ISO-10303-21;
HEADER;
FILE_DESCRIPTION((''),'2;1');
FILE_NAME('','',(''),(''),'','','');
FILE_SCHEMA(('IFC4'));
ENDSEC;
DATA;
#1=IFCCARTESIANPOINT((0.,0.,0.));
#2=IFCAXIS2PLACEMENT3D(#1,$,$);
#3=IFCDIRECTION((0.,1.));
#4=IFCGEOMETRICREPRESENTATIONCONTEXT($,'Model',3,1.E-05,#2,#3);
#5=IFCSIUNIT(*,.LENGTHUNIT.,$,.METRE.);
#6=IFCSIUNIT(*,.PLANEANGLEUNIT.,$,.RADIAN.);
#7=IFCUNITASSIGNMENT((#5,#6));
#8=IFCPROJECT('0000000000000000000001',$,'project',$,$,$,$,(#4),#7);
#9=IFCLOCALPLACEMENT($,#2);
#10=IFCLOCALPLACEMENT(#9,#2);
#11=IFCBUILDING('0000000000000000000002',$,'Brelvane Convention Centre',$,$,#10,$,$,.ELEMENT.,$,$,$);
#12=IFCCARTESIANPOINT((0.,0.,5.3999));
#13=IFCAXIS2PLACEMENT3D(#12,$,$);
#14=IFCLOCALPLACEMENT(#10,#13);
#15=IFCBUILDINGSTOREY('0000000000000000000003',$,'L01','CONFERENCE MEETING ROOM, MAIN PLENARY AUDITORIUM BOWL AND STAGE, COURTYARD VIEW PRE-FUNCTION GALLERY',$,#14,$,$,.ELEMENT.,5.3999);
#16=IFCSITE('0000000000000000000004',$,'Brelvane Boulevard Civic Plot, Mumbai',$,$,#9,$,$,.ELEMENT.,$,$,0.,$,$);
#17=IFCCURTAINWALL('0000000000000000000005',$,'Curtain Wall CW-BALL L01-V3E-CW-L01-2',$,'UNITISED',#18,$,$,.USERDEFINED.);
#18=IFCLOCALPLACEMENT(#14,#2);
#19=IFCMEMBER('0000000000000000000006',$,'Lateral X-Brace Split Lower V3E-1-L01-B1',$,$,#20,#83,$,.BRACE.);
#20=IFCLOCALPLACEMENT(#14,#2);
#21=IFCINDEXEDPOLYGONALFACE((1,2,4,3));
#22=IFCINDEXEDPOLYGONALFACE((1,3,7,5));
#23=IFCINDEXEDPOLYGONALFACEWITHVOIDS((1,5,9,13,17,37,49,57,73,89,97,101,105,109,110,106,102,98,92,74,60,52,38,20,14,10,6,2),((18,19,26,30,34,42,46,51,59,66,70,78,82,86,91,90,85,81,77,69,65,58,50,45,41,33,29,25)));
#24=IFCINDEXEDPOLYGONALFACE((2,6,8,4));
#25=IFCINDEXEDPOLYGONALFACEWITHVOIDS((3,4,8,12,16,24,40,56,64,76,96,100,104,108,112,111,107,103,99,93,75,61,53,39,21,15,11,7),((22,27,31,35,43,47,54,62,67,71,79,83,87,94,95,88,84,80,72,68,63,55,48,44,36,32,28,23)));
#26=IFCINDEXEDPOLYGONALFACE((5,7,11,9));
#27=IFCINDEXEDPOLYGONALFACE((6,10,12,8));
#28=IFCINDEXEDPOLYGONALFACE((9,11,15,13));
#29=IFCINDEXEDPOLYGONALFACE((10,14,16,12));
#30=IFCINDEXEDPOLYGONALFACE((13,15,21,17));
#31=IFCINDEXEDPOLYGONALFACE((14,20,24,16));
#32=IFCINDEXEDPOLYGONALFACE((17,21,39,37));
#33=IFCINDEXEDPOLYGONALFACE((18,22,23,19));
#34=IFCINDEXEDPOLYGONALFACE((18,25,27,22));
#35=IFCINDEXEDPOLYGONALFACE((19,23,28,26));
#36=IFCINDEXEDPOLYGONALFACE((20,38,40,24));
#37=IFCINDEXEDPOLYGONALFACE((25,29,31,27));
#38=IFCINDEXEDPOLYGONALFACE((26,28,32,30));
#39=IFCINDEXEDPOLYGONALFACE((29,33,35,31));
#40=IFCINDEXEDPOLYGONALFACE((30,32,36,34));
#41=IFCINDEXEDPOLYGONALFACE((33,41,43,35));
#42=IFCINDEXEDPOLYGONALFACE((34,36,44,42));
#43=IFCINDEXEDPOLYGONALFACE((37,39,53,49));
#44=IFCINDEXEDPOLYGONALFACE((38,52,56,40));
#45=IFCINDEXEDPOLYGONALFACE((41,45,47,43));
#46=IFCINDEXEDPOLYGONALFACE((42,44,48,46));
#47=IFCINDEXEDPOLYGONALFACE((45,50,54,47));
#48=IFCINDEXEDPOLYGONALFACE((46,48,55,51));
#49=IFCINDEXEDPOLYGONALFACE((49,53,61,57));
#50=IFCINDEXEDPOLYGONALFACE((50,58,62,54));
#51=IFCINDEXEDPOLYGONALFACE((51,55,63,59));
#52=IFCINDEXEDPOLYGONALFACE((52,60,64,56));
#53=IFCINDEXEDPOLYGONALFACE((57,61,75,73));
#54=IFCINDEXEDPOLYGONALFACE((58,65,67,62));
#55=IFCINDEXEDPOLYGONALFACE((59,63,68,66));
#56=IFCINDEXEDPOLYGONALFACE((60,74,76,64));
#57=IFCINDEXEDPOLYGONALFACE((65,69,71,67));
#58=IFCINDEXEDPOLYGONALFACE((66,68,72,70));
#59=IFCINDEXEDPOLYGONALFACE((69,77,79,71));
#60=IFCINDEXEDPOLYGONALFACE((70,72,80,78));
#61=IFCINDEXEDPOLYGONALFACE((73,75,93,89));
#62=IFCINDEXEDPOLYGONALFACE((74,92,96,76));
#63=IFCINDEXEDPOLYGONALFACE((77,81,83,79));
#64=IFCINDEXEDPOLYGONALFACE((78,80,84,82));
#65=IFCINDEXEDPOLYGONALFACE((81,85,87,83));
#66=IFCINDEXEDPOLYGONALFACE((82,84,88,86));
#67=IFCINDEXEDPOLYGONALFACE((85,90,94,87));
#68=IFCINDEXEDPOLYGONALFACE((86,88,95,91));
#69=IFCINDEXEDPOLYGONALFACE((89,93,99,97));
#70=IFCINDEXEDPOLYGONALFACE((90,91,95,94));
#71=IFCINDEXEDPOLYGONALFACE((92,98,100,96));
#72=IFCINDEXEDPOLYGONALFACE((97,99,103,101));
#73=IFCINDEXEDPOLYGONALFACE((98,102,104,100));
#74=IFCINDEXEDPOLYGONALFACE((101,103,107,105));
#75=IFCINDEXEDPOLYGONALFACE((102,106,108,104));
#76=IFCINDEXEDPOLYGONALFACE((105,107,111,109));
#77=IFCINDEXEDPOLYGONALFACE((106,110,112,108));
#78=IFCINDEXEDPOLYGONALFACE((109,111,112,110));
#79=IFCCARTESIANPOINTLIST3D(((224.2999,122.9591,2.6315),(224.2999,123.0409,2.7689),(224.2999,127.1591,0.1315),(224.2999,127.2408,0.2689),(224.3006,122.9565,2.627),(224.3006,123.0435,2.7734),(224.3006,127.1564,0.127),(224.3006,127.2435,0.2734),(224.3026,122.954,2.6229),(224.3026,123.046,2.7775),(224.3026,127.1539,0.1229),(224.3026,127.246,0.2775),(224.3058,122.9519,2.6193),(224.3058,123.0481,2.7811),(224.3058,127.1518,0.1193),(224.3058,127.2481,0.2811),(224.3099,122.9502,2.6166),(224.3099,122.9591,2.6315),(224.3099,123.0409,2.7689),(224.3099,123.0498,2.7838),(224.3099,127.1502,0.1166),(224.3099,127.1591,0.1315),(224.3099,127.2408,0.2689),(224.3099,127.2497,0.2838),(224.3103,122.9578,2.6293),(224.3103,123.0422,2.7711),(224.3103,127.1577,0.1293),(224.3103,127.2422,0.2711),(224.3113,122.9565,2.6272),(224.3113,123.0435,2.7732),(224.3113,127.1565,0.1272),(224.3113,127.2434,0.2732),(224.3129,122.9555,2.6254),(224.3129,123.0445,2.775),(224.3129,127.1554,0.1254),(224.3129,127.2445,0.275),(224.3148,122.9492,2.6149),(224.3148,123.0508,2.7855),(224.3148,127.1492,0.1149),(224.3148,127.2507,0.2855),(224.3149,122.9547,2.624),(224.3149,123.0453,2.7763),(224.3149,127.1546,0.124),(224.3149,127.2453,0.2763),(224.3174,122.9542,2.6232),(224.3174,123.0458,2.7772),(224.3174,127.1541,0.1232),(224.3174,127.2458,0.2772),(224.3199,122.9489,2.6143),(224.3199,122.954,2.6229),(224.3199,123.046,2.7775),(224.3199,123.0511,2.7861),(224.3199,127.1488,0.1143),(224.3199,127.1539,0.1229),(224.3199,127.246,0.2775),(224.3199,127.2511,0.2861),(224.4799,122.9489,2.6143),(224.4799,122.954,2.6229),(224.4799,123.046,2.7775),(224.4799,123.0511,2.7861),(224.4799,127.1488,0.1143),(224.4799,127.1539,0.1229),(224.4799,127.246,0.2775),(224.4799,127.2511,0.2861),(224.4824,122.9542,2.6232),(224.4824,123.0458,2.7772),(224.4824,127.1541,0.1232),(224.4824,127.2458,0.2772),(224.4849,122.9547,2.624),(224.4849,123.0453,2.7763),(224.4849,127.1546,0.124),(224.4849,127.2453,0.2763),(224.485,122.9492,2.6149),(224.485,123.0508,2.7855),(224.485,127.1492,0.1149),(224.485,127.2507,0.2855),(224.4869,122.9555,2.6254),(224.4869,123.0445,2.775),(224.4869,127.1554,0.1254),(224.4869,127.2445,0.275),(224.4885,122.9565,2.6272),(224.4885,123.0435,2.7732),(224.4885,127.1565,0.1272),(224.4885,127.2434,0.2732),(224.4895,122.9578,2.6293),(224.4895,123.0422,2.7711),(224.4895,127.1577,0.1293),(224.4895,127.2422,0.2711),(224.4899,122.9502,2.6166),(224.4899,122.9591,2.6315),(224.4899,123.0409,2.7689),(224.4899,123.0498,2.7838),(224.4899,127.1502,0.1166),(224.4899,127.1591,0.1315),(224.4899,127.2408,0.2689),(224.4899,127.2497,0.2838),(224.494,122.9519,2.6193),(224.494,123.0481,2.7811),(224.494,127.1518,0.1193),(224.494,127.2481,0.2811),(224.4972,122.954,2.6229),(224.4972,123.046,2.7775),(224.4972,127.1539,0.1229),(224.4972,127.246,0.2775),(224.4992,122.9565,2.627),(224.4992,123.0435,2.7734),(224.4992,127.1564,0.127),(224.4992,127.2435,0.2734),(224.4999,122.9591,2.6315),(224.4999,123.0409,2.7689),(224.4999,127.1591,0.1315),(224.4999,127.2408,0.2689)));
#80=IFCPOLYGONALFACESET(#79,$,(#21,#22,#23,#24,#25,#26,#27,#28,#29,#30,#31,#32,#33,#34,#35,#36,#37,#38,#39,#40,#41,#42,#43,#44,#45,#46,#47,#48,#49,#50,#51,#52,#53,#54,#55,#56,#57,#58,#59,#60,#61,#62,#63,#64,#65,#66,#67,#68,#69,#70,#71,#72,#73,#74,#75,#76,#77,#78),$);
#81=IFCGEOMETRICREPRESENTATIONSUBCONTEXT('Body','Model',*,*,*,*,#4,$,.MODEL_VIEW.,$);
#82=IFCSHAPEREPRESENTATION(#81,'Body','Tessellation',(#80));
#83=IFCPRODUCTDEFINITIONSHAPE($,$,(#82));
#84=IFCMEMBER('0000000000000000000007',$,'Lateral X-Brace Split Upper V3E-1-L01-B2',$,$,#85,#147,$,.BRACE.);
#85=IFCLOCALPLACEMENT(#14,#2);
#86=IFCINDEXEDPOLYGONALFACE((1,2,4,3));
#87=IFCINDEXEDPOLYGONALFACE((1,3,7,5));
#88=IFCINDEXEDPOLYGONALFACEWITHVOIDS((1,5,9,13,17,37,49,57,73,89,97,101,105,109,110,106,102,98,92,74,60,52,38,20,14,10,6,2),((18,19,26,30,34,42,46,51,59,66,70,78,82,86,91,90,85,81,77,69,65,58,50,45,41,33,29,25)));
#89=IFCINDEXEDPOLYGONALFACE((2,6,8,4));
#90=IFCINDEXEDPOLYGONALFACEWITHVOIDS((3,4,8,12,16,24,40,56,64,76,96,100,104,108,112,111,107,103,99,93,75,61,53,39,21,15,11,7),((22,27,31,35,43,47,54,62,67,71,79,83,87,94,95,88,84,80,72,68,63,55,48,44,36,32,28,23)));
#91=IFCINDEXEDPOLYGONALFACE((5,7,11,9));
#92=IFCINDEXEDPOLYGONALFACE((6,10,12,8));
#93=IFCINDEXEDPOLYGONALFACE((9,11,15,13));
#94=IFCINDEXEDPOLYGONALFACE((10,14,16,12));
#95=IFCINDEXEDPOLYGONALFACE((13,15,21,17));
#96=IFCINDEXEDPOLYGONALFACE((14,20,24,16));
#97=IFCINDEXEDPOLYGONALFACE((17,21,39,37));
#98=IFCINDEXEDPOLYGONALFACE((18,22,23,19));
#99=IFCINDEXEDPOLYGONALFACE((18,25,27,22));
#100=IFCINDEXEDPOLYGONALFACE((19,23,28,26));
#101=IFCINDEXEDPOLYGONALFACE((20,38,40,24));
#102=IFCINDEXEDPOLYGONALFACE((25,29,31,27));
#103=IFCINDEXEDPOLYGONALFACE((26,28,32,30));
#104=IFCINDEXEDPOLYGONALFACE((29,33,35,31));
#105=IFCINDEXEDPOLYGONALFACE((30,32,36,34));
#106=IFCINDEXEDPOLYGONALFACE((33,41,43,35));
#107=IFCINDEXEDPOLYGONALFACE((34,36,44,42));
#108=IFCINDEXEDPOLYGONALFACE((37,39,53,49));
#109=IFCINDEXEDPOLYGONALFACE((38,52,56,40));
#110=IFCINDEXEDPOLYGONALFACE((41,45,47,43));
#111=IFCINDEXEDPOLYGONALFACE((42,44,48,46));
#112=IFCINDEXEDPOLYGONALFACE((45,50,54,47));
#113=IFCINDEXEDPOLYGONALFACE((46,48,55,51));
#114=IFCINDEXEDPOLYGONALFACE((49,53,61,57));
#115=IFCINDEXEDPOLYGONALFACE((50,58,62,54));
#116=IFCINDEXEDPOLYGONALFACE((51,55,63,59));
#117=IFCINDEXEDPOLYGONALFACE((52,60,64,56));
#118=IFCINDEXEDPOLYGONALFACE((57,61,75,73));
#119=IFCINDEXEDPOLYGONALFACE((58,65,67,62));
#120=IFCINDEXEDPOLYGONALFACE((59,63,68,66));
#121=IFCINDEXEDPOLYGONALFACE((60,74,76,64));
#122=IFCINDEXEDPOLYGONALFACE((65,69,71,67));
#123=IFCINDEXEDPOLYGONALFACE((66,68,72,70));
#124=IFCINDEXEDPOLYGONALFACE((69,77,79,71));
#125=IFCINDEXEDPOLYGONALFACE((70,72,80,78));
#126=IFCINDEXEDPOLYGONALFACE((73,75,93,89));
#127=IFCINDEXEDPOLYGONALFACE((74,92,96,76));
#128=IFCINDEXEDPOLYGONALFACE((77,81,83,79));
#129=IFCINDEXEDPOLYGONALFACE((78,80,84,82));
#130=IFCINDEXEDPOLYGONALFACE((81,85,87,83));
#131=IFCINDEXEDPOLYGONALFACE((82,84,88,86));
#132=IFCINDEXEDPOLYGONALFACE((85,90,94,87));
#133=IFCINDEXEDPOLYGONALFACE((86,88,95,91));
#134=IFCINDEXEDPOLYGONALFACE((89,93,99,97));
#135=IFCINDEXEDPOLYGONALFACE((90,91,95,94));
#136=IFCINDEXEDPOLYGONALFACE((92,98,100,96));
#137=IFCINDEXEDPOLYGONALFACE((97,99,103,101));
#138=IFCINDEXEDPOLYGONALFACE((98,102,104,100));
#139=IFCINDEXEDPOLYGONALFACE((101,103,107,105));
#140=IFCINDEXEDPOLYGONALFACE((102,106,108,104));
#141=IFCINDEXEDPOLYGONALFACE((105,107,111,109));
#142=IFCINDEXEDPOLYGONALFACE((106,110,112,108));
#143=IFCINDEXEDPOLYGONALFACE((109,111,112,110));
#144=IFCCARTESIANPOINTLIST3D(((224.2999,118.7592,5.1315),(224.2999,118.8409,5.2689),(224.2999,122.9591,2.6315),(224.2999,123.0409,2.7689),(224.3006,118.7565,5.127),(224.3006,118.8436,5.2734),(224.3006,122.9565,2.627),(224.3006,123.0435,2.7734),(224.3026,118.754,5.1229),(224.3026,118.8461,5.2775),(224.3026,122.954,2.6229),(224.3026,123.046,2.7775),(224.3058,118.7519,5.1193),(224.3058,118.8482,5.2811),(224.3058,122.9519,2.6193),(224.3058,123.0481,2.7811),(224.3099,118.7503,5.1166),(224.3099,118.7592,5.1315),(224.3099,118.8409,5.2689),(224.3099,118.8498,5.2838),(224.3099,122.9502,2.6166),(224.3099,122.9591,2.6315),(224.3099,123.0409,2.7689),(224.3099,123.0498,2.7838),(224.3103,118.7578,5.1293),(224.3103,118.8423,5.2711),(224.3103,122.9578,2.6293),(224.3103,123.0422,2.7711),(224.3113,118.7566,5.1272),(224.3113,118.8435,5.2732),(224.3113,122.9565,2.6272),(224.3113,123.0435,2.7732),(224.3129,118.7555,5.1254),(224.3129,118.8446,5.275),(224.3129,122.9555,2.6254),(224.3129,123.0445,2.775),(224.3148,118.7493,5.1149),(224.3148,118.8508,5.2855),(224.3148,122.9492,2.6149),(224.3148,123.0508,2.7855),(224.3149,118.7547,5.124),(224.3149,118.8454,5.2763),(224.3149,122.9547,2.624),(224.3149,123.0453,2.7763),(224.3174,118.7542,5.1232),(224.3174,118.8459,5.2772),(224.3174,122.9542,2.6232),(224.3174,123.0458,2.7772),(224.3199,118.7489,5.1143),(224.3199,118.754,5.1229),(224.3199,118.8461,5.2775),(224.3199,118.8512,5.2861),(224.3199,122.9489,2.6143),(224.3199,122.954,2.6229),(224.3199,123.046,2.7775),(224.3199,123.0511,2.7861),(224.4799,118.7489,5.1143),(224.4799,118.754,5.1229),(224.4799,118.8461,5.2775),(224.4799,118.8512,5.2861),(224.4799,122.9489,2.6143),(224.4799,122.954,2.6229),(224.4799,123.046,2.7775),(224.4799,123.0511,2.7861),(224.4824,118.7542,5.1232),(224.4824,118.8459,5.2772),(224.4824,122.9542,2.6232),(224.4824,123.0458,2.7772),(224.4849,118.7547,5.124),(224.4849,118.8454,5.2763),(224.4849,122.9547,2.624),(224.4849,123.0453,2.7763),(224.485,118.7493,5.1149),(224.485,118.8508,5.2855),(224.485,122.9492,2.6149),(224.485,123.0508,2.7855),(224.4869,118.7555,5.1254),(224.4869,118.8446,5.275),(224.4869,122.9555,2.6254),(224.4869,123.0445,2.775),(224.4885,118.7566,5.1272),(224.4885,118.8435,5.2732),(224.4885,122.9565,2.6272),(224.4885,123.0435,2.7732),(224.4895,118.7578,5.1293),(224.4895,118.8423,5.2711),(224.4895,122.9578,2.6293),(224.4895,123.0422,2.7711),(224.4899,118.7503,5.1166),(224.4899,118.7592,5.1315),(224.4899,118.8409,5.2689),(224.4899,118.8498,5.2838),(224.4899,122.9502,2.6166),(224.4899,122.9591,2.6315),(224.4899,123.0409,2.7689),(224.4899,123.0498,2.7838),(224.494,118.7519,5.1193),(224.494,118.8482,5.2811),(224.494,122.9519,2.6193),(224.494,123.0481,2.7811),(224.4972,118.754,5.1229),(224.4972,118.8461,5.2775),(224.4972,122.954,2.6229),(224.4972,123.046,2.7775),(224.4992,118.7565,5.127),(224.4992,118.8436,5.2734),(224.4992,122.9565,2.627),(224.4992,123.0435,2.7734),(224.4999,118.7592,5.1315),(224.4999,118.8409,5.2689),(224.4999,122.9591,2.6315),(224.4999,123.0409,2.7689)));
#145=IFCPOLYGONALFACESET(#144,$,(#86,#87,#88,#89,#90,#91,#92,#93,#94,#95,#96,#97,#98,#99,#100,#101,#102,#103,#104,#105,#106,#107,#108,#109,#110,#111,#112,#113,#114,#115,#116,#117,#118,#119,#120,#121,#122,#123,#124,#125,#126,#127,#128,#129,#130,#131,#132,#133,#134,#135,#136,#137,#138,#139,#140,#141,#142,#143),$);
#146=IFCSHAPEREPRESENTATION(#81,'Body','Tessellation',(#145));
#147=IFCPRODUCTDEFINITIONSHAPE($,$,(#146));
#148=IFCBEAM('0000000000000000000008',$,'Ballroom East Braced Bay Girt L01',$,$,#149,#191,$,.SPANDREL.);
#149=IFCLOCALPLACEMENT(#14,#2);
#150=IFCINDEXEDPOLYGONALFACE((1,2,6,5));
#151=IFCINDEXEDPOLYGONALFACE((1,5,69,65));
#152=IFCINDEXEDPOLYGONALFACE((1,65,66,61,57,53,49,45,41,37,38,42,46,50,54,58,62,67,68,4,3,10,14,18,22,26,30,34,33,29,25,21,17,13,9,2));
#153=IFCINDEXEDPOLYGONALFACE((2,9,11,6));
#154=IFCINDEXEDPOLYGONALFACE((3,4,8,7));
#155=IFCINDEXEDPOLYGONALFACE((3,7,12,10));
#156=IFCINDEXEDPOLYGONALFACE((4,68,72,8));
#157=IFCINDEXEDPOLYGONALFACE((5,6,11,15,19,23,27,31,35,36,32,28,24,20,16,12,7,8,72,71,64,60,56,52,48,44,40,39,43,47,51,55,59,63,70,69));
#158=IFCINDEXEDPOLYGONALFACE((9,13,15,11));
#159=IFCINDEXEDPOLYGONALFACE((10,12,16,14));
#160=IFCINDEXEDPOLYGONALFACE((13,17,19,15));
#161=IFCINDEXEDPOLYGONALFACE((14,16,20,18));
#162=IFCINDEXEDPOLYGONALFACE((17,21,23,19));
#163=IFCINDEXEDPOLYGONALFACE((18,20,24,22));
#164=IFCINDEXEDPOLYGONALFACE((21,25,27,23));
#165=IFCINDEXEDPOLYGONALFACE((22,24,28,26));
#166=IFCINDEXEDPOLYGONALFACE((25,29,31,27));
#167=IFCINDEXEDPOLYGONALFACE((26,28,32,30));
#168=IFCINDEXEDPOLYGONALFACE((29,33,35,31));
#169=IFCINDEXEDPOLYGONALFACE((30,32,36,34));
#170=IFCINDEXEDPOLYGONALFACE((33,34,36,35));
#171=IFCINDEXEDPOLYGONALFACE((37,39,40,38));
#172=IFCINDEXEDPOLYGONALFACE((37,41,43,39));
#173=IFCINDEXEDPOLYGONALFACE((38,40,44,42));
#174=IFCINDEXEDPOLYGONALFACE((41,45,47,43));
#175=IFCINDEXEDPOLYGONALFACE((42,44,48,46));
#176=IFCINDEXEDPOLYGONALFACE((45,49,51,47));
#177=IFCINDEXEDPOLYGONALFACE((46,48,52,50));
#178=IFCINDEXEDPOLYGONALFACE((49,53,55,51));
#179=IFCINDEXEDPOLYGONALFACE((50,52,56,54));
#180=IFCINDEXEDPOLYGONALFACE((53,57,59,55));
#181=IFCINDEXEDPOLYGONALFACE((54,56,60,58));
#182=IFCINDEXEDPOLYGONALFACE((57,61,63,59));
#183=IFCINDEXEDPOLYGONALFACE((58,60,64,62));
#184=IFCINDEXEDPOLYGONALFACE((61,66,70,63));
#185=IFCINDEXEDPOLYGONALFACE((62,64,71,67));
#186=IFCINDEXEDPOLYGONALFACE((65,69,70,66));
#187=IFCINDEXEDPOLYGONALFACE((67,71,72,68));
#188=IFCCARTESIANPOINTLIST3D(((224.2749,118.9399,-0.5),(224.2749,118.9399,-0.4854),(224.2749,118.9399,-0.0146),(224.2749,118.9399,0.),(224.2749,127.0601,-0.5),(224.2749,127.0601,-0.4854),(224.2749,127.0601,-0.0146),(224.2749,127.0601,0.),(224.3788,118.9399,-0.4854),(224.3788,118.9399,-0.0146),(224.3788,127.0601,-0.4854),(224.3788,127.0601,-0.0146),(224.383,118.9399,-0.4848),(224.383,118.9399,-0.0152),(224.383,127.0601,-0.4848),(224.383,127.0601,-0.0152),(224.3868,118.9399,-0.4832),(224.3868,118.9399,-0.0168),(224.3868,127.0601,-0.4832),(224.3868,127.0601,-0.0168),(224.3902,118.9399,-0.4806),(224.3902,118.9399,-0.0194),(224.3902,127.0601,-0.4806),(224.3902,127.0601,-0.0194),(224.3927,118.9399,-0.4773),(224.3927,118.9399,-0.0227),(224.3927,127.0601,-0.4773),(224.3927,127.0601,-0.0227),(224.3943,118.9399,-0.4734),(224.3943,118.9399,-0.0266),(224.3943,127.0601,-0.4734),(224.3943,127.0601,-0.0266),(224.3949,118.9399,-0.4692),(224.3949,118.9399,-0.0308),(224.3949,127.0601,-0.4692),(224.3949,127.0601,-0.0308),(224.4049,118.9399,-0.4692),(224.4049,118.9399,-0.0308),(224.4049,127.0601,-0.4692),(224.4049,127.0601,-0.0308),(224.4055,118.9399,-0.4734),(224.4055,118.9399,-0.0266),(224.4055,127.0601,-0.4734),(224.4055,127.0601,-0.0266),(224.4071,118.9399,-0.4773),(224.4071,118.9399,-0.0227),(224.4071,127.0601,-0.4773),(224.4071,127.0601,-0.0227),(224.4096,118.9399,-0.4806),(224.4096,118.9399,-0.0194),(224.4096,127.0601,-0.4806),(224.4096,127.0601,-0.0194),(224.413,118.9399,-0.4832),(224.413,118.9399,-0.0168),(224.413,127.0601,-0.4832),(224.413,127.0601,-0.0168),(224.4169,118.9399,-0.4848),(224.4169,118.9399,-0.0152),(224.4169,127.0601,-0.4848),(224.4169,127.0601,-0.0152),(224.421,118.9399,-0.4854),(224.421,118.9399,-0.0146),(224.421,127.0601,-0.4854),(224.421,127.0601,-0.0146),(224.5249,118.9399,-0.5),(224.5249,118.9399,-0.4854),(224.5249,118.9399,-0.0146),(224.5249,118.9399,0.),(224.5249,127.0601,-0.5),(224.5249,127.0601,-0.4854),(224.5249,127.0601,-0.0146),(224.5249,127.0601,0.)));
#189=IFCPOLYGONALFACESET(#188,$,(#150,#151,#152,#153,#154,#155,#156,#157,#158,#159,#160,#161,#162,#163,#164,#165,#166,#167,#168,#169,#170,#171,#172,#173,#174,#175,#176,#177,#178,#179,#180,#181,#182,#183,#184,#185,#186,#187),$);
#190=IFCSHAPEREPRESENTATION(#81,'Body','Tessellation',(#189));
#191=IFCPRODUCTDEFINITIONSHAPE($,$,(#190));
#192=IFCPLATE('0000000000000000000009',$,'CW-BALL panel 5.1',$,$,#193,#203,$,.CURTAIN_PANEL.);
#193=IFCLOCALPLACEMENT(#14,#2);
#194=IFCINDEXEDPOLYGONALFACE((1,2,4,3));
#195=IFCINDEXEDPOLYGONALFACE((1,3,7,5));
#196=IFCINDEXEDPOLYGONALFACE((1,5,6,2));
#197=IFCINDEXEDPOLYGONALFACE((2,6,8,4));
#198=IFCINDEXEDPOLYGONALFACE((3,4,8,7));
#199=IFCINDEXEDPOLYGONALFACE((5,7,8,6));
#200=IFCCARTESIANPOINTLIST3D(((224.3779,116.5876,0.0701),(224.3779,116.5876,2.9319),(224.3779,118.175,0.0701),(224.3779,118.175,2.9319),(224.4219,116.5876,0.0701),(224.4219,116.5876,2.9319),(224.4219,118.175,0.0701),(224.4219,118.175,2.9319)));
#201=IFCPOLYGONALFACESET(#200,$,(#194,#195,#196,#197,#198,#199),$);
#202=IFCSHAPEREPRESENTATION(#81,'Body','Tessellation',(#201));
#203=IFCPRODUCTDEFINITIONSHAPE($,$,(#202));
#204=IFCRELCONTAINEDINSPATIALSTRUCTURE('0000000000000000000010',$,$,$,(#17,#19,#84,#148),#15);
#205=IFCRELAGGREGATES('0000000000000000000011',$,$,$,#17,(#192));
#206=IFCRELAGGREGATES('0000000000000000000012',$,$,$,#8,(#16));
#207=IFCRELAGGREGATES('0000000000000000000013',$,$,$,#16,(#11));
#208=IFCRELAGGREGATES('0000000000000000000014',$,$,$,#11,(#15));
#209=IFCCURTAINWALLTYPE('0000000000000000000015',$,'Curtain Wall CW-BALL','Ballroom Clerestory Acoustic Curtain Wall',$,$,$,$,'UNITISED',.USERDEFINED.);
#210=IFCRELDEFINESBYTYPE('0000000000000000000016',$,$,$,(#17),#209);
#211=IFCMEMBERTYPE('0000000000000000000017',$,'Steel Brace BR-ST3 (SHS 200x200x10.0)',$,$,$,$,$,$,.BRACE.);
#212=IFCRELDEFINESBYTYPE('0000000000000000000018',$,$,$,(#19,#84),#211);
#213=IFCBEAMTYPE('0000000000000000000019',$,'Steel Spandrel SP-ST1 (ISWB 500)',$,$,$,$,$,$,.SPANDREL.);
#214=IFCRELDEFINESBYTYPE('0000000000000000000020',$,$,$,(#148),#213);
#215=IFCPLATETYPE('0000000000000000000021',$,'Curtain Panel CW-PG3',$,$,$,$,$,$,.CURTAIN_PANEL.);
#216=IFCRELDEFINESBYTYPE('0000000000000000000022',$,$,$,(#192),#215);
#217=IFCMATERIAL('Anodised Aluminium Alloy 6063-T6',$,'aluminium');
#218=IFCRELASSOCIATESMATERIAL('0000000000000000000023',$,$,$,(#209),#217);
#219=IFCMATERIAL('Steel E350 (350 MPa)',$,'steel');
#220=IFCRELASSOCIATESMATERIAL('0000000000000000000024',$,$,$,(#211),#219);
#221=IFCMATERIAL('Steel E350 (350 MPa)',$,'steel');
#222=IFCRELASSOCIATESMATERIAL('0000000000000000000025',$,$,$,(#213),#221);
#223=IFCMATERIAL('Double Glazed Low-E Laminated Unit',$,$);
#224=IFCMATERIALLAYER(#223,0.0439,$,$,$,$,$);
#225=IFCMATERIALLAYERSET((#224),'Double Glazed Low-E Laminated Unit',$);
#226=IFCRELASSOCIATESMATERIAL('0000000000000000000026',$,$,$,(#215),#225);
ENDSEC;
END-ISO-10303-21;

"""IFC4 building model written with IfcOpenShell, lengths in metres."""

from ifc_helpers import new_model, si_unit, direction, frame, origin, origin_2d, place, context, subcontext, project, spatial, rectangle, hollow_rectangle, i_section, extrude, material, layer, layer_set, material_profile, profile_set, type_object, element, aggregate, save


model = new_model("IFC4")

# Units and contexts
model_context = context("Model", 3, precision=1e-05, world=origin(), true_north=direction((0.0, 1.0)))
body_context = subcontext(model_context, "Body", "Model", "MODEL_VIEW")
ifc_project = project(units=[si_unit("LENGTHUNIT", "METRE"), si_unit("PLANEANGLEUNIT", "RADIAN")], contexts=[model_context])

# Site, building, storey
site_placement = place(None, origin())
site = spatial("IfcSite", under=ifc_project, at=site_placement, Name="Brelvane Boulevard Civic Plot, Mumbai", CompositionType="ELEMENT", RefElevation=0.0)
building_placement = place(site_placement, origin())
building = spatial("IfcBuilding", under=site, at=building_placement, Name="Brelvane Convention Centre", CompositionType="ELEMENT")
storey_placement = place(building_placement, frame((0.0, 0.0, 5.3999)))
storey = spatial("IfcBuildingStorey", under=building, at=storey_placement, Name="L01", Description="CONFERENCE MEETING ROOM, MAIN PLENARY AUDITORIUM BOWL AND STAGE, COURTYARD VIEW PRE-FUNCTION GALLERY", CompositionType="ELEMENT", Elevation=5.3999)

# Curtain wall
ifc_material_1 = material(Name="Anodised Aluminium Alloy 6063-T6", Category="aluminium")
curtain_wall_type = type_object("IfcCurtainWallType", Name="Curtain Wall CW-BALL", Description="Ballroom Clerestory Acoustic Curtain Wall", ElementType="UNITISED", PredefinedType="USERDEFINED", material=ifc_material_1)
curtain_wall_1_placement = place(storey_placement, origin())
curtain_wall_1 = element("IfcCurtainWall", 1, at=curtain_wall_1_placement, inside=storey, type_object=curtain_wall_type, Name="Curtain Wall CW-BALL L01-V3E-CW-L01-2", ObjectType="UNITISED", PredefinedType="USERDEFINED")

# Members
ifc_material_2 = material(Name="Steel E350 (350 MPa)", Category="steel")
ifc_material_profile_1 = material_profile(ifc_material_2, hollow_rectangle(XDim=0.2, YDim=0.2, WallThickness=0.01, InnerFilletRadius=0.01, OuterFilletRadius=0.02, at=origin_2d()), Name="SHS 200x200x10.0")
ifc_profile_set_1 = profile_set([ifc_material_profile_1], Name="Steel E350 (350 MPa)")
member_type_1 = type_object("IfcMemberType", Name="Steel Brace BR-ST3 (SHS 200x200x10.0)", PredefinedType="BRACE", material=ifc_profile_set_1)
for number, where, z_axis, x_axis, name in (
    (2, (224.3999, 127.2, 0.2002), (0.0, -0.85929, 0.511488), (1.0, 0.0, 0.0), "Lateral X-Brace Split Lower V3E-1-L01-B1"),
    (3, (224.3999, 123.0, 2.7002), (0.0, -0.85929, 0.511488), (1.0, 0.0, 0.0), "Lateral X-Brace Split Upper V3E-1-L01-B2"),
):
    element("IfcMember", number, at=place(storey_placement, frame(where, z_axis=z_axis, x_axis=x_axis)), inside=storey, type_object=member_type_1, Name=name, PredefinedType="BRACE", context=body_context, shape_type="SweptSolid", body=[
        extrude(hollow_rectangle(XDim=0.2, YDim=0.2, WallThickness=0.01, InnerFilletRadius=0.01, OuterFilletRadius=0.02, at=origin_2d()), origin(), (0.0, 0.0, 1.0), 4.8877),
    ])

# Beam
ifc_material_3 = material(Name="Steel E350 (350 MPa)", Category="steel")
ifc_material_profile_2 = material_profile(ifc_material_3, i_section(OverallWidth=0.25, OverallDepth=0.5, WebThickness=0.01, FlangeThickness=0.0146, FilletRadius=0.0161, at=origin_2d()), Name="ISWB 500")
ifc_profile_set_2 = profile_set([ifc_material_profile_2], Name="Steel E350 (350 MPa)")
beam_type = type_object("IfcBeamType", Name="Steel Spandrel SP-ST1 (ISWB 500)", PredefinedType="SPANDREL", material=ifc_profile_set_2)
beam_placement = place(storey_placement, frame((224.3999, 118.9399, -0.25), z_axis=(0.0, 1.0, 0.0), x_axis=(-1.0, 0.0, 0.0)))
element("IfcBeam", 4, at=beam_placement, inside=storey, type_object=beam_type, Name="Ballroom East Braced Bay Girt L01", PredefinedType="SPANDREL", context=body_context, shape_type="SweptSolid", body=[
    extrude(i_section(OverallWidth=0.25, OverallDepth=0.5, WebThickness=0.01, FlangeThickness=0.0146, FilletRadius=0.0161, at=origin_2d()), origin(), (0.0, 0.0, 1.0), 8.1201),
])

# Plate
ifc_material_4 = material(Name="Double Glazed Low-E Laminated Unit")
ifc_layer_1 = layer(ifc_material_4, 0.0439)
ifc_layer_set_1 = layer_set([ifc_layer_1], Name="Double Glazed Low-E Laminated Unit")
plate_type_1 = type_object("IfcPlateType", Name="Curtain Panel CW-PG3", PredefinedType="CURTAIN_PANEL", material=ifc_layer_set_1)
plate_1_placement = place(storey_placement, frame((224.3999, 117.3813, 0.0701), z_axis=(0.0, 0.0, 1.0), x_axis=(0.0, 1.0, 0.0)))
plate_1 = element("IfcPlate", 5, at=plate_1_placement, type_object=plate_type_1, Name="CW-BALL panel 5.1", PredefinedType="CURTAIN_PANEL", context=body_context, shape_type="SweptSolid", body=[
    extrude(rectangle(XDim=1.5874, YDim=0.0439, at=origin_2d()), origin(), (0.0, 0.0, 1.0), 2.8618),
])
aggregate(curtain_wall_1, [plate_1])

save(model, "model.ifc")
